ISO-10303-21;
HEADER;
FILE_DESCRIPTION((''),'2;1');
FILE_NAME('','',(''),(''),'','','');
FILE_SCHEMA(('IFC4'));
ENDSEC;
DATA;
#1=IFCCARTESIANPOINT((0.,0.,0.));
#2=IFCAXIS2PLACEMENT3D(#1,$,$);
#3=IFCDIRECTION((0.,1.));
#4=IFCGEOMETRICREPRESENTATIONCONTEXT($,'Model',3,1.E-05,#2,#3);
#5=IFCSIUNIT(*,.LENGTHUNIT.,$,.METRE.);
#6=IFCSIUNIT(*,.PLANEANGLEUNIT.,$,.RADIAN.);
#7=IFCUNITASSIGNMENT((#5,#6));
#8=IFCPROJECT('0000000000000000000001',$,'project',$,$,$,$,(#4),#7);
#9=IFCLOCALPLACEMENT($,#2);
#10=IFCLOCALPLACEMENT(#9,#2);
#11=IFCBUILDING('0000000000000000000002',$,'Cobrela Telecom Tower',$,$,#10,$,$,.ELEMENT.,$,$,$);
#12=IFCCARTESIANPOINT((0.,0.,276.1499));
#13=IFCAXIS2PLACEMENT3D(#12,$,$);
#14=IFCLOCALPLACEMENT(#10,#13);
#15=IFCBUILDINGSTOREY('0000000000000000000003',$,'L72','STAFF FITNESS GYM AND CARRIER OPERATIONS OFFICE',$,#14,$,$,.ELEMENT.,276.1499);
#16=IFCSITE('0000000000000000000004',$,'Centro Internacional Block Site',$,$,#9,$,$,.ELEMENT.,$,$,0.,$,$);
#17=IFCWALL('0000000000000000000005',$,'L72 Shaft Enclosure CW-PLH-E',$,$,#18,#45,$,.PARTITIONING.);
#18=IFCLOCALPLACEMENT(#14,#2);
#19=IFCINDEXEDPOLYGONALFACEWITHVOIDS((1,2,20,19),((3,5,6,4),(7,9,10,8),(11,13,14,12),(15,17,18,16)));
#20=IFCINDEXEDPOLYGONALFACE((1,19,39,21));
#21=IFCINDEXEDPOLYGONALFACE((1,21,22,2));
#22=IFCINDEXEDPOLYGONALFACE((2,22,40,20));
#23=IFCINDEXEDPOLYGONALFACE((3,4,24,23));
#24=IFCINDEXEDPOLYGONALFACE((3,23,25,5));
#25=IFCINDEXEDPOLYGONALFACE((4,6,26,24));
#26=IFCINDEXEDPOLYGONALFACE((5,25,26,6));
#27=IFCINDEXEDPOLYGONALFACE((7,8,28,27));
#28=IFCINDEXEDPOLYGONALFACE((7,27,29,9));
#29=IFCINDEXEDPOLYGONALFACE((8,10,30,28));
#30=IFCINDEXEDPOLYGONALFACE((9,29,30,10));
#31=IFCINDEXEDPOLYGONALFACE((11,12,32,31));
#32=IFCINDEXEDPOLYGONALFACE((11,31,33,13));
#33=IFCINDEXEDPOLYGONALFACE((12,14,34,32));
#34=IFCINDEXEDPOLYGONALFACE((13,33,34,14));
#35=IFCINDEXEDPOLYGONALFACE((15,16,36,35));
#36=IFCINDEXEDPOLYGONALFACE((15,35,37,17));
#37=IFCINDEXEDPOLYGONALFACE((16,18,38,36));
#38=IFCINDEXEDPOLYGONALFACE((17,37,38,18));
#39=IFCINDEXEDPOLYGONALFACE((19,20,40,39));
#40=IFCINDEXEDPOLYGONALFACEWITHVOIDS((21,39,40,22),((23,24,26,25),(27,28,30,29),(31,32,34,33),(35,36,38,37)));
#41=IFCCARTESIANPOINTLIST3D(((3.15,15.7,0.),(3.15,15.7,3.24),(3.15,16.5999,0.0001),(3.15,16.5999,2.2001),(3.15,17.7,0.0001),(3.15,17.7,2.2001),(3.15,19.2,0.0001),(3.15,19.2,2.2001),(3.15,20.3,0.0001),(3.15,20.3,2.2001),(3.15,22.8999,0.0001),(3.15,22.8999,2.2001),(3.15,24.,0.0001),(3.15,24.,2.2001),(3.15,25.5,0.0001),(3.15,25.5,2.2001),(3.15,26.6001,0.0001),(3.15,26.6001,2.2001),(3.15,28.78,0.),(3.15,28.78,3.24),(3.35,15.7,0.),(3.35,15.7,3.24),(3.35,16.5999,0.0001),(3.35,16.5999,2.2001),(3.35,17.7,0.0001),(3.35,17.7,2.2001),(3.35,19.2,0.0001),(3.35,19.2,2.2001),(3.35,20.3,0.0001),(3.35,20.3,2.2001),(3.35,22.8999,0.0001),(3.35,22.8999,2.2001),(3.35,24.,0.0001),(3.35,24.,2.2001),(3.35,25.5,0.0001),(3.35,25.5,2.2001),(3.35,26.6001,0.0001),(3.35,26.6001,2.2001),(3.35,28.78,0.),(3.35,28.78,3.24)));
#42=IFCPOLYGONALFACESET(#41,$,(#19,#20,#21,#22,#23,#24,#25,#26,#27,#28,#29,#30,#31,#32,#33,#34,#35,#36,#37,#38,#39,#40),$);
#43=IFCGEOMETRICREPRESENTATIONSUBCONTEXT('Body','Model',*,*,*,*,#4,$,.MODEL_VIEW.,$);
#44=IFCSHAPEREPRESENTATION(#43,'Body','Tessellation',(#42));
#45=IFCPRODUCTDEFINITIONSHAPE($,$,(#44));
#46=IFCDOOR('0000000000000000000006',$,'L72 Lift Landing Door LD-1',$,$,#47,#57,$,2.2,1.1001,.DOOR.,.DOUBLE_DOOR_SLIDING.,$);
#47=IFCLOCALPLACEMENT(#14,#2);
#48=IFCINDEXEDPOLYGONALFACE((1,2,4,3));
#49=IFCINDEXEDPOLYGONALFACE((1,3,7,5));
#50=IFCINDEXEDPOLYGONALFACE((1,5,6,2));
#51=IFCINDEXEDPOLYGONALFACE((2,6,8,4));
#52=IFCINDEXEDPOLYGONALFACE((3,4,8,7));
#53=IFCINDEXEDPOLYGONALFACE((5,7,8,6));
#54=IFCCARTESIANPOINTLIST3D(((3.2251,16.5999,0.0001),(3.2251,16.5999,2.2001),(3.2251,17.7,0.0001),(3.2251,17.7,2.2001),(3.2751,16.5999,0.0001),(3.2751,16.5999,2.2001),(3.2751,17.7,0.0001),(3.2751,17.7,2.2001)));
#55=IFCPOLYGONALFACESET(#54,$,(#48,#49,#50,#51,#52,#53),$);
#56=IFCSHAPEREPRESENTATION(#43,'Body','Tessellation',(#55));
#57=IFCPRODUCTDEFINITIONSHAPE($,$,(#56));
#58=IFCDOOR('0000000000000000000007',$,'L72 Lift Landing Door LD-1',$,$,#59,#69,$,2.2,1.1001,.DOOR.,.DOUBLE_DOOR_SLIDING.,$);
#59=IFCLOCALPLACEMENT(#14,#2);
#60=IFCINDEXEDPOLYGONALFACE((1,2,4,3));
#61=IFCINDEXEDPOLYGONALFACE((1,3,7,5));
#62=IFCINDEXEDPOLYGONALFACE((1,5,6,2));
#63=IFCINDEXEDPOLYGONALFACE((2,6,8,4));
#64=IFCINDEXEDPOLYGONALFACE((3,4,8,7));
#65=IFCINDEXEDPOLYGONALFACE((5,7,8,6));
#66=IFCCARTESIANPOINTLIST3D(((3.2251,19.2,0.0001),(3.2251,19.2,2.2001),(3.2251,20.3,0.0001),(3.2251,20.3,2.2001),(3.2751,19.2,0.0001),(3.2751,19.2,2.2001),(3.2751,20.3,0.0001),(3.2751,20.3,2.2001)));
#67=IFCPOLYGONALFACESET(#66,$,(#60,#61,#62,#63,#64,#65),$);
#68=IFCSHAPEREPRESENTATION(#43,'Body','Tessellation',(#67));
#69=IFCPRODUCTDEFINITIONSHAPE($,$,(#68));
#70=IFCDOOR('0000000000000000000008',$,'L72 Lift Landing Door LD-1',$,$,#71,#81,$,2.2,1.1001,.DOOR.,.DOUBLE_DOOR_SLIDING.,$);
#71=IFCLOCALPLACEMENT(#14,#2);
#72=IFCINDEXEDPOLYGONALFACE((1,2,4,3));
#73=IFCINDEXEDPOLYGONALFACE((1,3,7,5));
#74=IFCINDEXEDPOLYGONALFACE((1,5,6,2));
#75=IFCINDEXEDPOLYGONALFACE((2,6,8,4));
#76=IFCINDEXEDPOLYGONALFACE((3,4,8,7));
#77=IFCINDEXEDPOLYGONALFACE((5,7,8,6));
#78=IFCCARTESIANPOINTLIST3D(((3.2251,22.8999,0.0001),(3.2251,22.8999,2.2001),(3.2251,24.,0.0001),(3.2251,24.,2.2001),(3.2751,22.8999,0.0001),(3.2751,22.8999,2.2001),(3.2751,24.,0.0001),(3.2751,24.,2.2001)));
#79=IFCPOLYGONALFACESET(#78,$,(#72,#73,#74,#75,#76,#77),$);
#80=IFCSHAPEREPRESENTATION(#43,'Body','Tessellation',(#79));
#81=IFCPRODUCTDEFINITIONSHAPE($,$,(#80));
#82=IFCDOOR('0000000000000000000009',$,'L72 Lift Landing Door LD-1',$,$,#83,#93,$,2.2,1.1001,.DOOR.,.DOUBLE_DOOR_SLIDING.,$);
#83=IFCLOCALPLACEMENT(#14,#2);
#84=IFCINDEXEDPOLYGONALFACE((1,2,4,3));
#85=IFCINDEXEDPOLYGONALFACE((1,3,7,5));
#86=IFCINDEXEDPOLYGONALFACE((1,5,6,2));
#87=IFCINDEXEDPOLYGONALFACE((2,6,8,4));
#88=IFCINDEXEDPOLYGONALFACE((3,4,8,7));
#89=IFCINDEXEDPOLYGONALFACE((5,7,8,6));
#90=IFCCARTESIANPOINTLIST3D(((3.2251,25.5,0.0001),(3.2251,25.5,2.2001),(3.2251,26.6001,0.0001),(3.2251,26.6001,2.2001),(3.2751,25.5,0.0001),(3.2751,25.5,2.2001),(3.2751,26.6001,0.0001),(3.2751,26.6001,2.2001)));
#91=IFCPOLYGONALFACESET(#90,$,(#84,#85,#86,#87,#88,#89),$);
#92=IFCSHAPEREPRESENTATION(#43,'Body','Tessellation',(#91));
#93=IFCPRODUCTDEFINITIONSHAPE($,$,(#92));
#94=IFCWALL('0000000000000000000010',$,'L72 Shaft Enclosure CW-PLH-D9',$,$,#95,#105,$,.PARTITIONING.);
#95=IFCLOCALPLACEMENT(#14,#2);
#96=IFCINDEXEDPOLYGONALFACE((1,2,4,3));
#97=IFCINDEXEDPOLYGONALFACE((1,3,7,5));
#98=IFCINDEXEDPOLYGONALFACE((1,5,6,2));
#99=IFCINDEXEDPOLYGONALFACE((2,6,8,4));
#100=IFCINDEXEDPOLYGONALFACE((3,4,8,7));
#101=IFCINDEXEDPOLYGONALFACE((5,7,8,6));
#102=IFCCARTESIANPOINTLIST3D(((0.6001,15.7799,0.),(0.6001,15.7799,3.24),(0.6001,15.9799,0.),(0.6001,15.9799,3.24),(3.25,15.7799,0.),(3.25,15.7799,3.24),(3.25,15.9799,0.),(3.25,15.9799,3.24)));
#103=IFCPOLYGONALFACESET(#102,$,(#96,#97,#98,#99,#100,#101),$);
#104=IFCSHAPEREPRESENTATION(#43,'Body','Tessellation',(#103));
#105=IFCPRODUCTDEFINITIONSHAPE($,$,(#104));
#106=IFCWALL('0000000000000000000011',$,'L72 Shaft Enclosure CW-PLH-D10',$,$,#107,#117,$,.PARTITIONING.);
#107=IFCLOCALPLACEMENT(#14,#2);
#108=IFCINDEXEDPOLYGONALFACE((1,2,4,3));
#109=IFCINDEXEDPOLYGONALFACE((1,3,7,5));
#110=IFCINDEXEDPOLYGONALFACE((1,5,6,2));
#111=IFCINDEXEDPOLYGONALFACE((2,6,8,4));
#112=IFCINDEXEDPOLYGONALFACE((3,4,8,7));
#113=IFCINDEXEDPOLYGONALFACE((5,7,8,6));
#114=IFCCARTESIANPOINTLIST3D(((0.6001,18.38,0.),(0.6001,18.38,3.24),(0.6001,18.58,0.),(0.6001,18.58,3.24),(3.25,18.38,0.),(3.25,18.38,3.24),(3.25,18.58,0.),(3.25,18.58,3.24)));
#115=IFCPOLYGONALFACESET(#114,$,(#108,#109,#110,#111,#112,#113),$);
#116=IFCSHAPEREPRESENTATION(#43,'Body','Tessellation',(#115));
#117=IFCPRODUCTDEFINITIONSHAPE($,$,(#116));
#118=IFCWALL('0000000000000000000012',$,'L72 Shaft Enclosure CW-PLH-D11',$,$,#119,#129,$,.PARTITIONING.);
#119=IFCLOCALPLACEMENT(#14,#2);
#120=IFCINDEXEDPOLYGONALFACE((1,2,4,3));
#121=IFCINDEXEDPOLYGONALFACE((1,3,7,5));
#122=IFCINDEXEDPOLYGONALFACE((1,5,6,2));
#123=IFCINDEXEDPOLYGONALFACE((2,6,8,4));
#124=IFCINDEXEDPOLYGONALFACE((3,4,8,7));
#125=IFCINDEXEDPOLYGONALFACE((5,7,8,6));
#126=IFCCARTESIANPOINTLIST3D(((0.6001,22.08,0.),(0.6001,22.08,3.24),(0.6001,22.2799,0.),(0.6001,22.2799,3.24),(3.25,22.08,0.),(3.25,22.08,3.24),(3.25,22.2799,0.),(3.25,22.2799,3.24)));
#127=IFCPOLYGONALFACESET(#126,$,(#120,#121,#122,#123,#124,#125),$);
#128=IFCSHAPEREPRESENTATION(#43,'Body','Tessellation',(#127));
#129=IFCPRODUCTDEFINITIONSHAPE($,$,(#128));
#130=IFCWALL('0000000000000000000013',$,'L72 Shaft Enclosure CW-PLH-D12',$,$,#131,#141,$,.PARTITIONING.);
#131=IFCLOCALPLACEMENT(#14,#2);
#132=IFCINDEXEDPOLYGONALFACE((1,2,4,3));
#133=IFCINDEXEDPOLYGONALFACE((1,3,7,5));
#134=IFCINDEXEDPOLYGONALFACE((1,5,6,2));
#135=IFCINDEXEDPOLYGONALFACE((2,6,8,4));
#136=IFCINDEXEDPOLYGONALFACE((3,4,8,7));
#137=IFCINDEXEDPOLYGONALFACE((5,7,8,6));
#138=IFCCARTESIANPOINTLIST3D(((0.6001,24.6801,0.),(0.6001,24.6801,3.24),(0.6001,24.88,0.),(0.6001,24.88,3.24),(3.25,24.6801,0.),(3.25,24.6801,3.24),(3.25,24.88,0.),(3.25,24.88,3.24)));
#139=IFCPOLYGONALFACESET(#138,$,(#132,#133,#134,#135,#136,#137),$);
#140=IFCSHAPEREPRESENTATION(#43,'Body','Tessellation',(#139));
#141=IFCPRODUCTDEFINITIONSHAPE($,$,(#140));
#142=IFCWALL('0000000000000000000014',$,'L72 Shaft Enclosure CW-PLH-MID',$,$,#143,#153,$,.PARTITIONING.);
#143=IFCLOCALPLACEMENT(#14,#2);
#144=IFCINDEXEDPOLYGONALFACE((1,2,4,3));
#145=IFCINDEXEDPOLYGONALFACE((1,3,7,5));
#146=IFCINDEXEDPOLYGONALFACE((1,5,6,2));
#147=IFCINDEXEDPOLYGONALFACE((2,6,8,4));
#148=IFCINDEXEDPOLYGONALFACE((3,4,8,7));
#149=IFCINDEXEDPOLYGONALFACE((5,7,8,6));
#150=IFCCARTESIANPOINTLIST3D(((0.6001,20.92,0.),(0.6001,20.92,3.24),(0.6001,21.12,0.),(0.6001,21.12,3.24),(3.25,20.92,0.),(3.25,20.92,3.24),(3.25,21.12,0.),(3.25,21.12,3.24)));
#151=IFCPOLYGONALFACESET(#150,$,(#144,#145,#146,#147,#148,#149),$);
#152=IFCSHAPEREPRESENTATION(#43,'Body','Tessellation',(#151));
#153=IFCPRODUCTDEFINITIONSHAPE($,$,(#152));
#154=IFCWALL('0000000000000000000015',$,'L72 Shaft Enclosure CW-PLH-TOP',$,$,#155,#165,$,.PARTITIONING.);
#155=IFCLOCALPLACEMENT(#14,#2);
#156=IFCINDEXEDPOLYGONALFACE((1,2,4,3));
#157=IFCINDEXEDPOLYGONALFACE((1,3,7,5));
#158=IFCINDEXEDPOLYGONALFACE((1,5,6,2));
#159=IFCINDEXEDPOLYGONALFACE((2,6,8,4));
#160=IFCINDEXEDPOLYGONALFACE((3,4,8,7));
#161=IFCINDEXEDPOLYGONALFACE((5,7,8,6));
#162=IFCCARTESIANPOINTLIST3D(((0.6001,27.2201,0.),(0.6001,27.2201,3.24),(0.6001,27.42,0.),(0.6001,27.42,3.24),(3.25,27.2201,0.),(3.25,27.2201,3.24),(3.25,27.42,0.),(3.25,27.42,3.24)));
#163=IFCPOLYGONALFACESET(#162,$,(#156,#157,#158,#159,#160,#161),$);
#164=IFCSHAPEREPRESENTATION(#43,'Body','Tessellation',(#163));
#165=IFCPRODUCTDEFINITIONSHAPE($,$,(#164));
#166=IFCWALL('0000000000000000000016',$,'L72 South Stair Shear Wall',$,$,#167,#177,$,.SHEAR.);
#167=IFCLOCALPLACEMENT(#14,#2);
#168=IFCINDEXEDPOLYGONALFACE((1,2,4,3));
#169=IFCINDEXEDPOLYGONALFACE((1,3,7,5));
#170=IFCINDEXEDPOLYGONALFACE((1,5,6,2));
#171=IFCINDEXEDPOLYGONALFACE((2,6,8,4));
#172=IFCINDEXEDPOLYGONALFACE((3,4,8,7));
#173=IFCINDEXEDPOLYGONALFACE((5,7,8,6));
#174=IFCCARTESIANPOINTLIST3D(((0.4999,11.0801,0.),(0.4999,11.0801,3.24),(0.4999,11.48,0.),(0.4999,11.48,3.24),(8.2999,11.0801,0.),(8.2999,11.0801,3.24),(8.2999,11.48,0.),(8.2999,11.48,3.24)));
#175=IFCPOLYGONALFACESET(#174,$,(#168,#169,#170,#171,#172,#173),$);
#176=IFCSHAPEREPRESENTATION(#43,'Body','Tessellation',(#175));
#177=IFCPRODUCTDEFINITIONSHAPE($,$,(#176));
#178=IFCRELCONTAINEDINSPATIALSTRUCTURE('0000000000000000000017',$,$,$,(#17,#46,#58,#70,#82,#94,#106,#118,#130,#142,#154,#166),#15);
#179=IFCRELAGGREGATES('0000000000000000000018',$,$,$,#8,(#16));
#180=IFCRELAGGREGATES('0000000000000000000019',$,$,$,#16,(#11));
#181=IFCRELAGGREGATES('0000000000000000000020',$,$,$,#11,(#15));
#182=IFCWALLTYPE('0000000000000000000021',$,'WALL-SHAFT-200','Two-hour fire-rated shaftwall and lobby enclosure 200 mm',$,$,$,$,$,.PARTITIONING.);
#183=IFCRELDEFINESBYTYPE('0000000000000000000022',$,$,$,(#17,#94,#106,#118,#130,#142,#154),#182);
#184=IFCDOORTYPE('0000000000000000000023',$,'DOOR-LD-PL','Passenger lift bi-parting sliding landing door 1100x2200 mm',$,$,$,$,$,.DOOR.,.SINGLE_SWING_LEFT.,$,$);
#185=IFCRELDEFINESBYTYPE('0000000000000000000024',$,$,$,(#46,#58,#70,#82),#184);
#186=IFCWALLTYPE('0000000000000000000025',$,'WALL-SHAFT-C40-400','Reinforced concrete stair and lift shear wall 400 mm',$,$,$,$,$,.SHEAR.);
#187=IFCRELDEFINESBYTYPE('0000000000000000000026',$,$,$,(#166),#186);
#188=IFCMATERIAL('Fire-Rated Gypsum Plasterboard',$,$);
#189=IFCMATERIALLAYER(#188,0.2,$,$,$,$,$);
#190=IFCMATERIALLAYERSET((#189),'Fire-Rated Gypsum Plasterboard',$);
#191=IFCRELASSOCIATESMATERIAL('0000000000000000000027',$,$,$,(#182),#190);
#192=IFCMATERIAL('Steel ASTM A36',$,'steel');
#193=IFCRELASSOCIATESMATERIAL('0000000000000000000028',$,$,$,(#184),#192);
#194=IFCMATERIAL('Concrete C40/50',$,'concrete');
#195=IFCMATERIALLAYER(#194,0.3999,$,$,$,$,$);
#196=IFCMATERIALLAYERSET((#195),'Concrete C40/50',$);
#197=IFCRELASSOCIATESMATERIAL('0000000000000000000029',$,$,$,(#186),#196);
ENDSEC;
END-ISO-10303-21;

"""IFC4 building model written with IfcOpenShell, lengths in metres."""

from ifc_helpers import new_model, si_unit, direction, frame, frame_2d, origin, place, context, subcontext, project, spatial, rectangle, extrude, material, layer, layer_set, type_object, element, fill, save


model = new_model("IFC4")

# Units and contexts
model_context = context("Model", 3, precision=1e-05, world=origin(), true_north=direction((0.0, 1.0)))
body_context = subcontext(model_context, "Body", "Model", "MODEL_VIEW")
ifc_project = project(units=[si_unit("LENGTHUNIT", "METRE"), si_unit("PLANEANGLEUNIT", "RADIAN")], contexts=[model_context])

# Site, building, storey
site_placement = place(None, origin())
site = spatial("IfcSite", under=ifc_project, at=site_placement, Name="Centro Internacional Block Site", CompositionType="ELEMENT", RefElevation=0.0)
building_placement = place(site_placement, origin())
building = spatial("IfcBuilding", under=site, at=building_placement, Name="Cobrela Telecom Tower", CompositionType="ELEMENT")
storey_placement = place(building_placement, frame((0.0, 0.0, 276.1499)))
storey = spatial("IfcBuildingStorey", under=building, at=storey_placement, Name="L72", Description="STAFF FITNESS GYM AND CARRIER OPERATIONS OFFICE", CompositionType="ELEMENT", Elevation=276.1499)

# Shared definitions
ifc_material_1 = material(Name="Fire-Rated Gypsum Plasterboard")

# Wall, openings, doors
ifc_layer_1 = layer(ifc_material_1, 0.2)
ifc_layer_set_1 = layer_set([ifc_layer_1], Name="Fire-Rated Gypsum Plasterboard")
wall_type_1 = type_object("IfcWallType", Name="WALL-SHAFT-200", Description="Two-hour fire-rated shaftwall and lobby enclosure 200 mm", PredefinedType="PARTITIONING", material=ifc_layer_set_1)
wall_1_placement = place(storey_placement, frame((3.25, 15.7, 0.0), z_axis=(0.0, 0.0, 1.0), x_axis=(0.0, 1.0, 0.0)))
wall_1 = element("IfcWall", 1, at=wall_1_placement, inside=storey, type_object=wall_type_1, Name="L72 Shaft Enclosure CW-PLH-E", PredefinedType="PARTITIONING", context=body_context, shape_type="SweptSolid", body=[
    extrude(rectangle(XDim=13.0801, YDim=0.2, at=frame_2d((6.54, 0.0))), origin(), (0.0, 0.0, 1.0), 3.24),
])
opening_1_placement = place(wall_1_placement, frame((0.8999, 0.0, 0.0)))
opening_1 = element("IfcOpeningElement", 2, at=opening_1_placement, cuts=wall_1, PredefinedType="OPENING", context=body_context, shape_type="SweptSolid", body=[
    extrude(rectangle(XDim=1.1001, YDim=2.2, at=frame_2d((0.55, 1.1001))), frame((0.0, 0.1118, 0.0), z_axis=(0.0, -1.0, 0.0), x_axis=(1.0, 0.0, 0.0)), (0.0, 0.0, 1.0), 0.2239),
])
opening_2_placement = place(wall_1_placement, frame((3.5, 0.0, 0.0)))
opening_2 = element("IfcOpeningElement", 3, at=opening_2_placement, cuts=wall_1, PredefinedType="OPENING", context=body_context, shape_type="SweptSolid", body=[
    extrude(rectangle(XDim=1.1001, YDim=2.2, at=frame_2d((0.55, 1.1001))), frame((0.0, 0.1118, 0.0), z_axis=(0.0, -1.0, 0.0), x_axis=(1.0, 0.0, 0.0)), (0.0, 0.0, 1.0), 0.2239),
])
opening_3_placement = place(wall_1_placement, frame((7.2, 0.0, 0.0)))
opening_3 = element("IfcOpeningElement", 4, at=opening_3_placement, cuts=wall_1, PredefinedType="OPENING", context=body_context, shape_type="SweptSolid", body=[
    extrude(rectangle(XDim=1.1001, YDim=2.2, at=frame_2d((0.55, 1.1001))), frame((0.0, 0.1118, 0.0), z_axis=(0.0, -1.0, 0.0), x_axis=(1.0, 0.0, 0.0)), (0.0, 0.0, 1.0), 0.2239),
])
opening_4_placement = place(wall_1_placement, frame((9.8, 0.0, 0.0)))
opening_4 = element("IfcOpeningElement", 5, at=opening_4_placement, cuts=wall_1, PredefinedType="OPENING", context=body_context, shape_type="SweptSolid", body=[
    extrude(rectangle(XDim=1.1001, YDim=2.2, at=frame_2d((0.55, 1.1001))), frame((0.0, 0.1118, 0.0), z_axis=(0.0, -1.0, 0.0), x_axis=(1.0, 0.0, 0.0)), (0.0, 0.0, 1.0), 0.2239),
])
ifc_material_2 = material(Name="Steel ASTM A36", Category="steel")
door_type_1 = type_object("IfcDoorType", Name="DOOR-LD-PL", Description="Passenger lift bi-parting sliding landing door 1100x2200 mm", OperationType="SINGLE_SWING_LEFT", PredefinedType="DOOR", material=ifc_material_2)
door_1_placement = place(opening_1_placement, origin())
door_1 = element("IfcDoor", 6, at=door_1_placement, inside=storey, type_object=door_type_1, Name="L72 Lift Landing Door LD-1", OperationType="DOUBLE_DOOR_SLIDING", OverallHeight=2.2, OverallWidth=1.1001, PredefinedType="DOOR", context=body_context, shape_type="SweptSolid", body=[
    extrude(rectangle(XDim=1.1001, YDim=2.2, at=frame_2d((0.55, 1.1001))), frame((0.0, 0.0249, 0.0), z_axis=(0.0, -1.0, 0.0), x_axis=(1.0, 0.0, 0.0)), (0.0, 0.0, 1.0), 0.05),
])
fill(opening_1, door_1)
door_2_placement = place(opening_2_placement, origin())
door_2 = element("IfcDoor", 7, at=door_2_placement, inside=storey, type_object=door_type_1, Name="L72 Lift Landing Door LD-1", OperationType="DOUBLE_DOOR_SLIDING", OverallHeight=2.2, OverallWidth=1.1001, PredefinedType="DOOR", context=body_context, shape_type="SweptSolid", body=[
    extrude(rectangle(XDim=1.1001, YDim=2.2, at=frame_2d((0.55, 1.1001))), frame((0.0, 0.0249, 0.0), z_axis=(0.0, -1.0, 0.0), x_axis=(1.0, 0.0, 0.0)), (0.0, 0.0, 1.0), 0.05),
])
fill(opening_2, door_2)
door_3_placement = place(opening_3_placement, origin())
door_3 = element("IfcDoor", 8, at=door_3_placement, inside=storey, type_object=door_type_1, Name="L72 Lift Landing Door LD-1", OperationType="DOUBLE_DOOR_SLIDING", OverallHeight=2.2, OverallWidth=1.1001, PredefinedType="DOOR", context=body_context, shape_type="SweptSolid", body=[
    extrude(rectangle(XDim=1.1001, YDim=2.2, at=frame_2d((0.55, 1.1001))), frame((0.0, 0.0249, 0.0), z_axis=(0.0, -1.0, 0.0), x_axis=(1.0, 0.0, 0.0)), (0.0, 0.0, 1.0), 0.05),
])
fill(opening_3, door_3)
door_4_placement = place(opening_4_placement, origin())
door_4 = element("IfcDoor", 9, at=door_4_placement, inside=storey, type_object=door_type_1, Name="L72 Lift Landing Door LD-1", OperationType="DOUBLE_DOOR_SLIDING", OverallHeight=2.2, OverallWidth=1.1001, PredefinedType="DOOR", context=body_context, shape_type="SweptSolid", body=[
    extrude(rectangle(XDim=1.1001, YDim=2.2, at=frame_2d((0.55, 1.1001))), frame((0.0, 0.0249, 0.0), z_axis=(0.0, -1.0, 0.0), x_axis=(1.0, 0.0, 0.0)), (0.0, 0.0, 1.0), 0.05),
])
fill(opening_4, door_4)

# Walls
for number, where, z_axis, x_axis, name in (
    (10, (0.6001, 15.8799, 0.0), (0.0, 0.0, 1.0), (1.0, 0.0, 0.0), "L72 Shaft Enclosure CW-PLH-D9"),
    (11, (0.6001, 18.48, 0.0), (0.0, 0.0, 1.0), (1.0, 0.0, 0.0), "L72 Shaft Enclosure CW-PLH-D10"),
    (12, (0.6001, 22.1799, 0.0), (0.0, 0.0, 1.0), (1.0, 0.0, 0.0), "L72 Shaft Enclosure CW-PLH-D11"),
    (13, (0.6001, 24.78, 0.0), (0.0, 0.0, 1.0), (1.0, 0.0, 0.0), "L72 Shaft Enclosure CW-PLH-D12"),
    (14, (0.6001, 21.02, 0.0), (0.0, 0.0, 1.0), (1.0, 0.0, 0.0), "L72 Shaft Enclosure CW-PLH-MID"),
    (15, (0.6001, 27.3201, 0.0), (0.0, 0.0, 1.0), (1.0, 0.0, 0.0), "L72 Shaft Enclosure CW-PLH-TOP"),
):
    element("IfcWall", number, at=place(storey_placement, frame(where, z_axis=z_axis, x_axis=x_axis)), inside=storey, type_object=wall_type_1, Name=name, PredefinedType="PARTITIONING", context=body_context, shape_type="SweptSolid", body=[
        extrude(rectangle(XDim=2.6499, YDim=0.2, at=frame_2d((1.325, 0.0))), origin(), (0.0, 0.0, 1.0), 3.24),
    ])
ifc_material_3 = material(Name="Concrete C40/50", Category="concrete")
ifc_layer_2 = layer(ifc_material_3, 0.3999)
ifc_layer_set_2 = layer_set([ifc_layer_2], Name="Concrete C40/50")
wall_type_2 = type_object("IfcWallType", Name="WALL-SHAFT-C40-400", Description="Reinforced concrete stair and lift shear wall 400 mm", PredefinedType="SHEAR", material=ifc_layer_set_2)
wall_2_placement = place(storey_placement, frame((0.5, 11.28, 0.0), z_axis=(0.0, 0.0, 1.0), x_axis=(1.0, 0.0, 0.0)))
element("IfcWall", 16, at=wall_2_placement, inside=storey, type_object=wall_type_2, Name="L72 South Stair Shear Wall", PredefinedType="SHEAR", context=body_context, shape_type="SweptSolid", body=[
    extrude(rectangle(XDim=7.8, YDim=0.3999, at=frame_2d((3.8999, 0.0))), origin(), (0.0, 0.0, 1.0), 3.24),
])

save(model, "model.ifc")
